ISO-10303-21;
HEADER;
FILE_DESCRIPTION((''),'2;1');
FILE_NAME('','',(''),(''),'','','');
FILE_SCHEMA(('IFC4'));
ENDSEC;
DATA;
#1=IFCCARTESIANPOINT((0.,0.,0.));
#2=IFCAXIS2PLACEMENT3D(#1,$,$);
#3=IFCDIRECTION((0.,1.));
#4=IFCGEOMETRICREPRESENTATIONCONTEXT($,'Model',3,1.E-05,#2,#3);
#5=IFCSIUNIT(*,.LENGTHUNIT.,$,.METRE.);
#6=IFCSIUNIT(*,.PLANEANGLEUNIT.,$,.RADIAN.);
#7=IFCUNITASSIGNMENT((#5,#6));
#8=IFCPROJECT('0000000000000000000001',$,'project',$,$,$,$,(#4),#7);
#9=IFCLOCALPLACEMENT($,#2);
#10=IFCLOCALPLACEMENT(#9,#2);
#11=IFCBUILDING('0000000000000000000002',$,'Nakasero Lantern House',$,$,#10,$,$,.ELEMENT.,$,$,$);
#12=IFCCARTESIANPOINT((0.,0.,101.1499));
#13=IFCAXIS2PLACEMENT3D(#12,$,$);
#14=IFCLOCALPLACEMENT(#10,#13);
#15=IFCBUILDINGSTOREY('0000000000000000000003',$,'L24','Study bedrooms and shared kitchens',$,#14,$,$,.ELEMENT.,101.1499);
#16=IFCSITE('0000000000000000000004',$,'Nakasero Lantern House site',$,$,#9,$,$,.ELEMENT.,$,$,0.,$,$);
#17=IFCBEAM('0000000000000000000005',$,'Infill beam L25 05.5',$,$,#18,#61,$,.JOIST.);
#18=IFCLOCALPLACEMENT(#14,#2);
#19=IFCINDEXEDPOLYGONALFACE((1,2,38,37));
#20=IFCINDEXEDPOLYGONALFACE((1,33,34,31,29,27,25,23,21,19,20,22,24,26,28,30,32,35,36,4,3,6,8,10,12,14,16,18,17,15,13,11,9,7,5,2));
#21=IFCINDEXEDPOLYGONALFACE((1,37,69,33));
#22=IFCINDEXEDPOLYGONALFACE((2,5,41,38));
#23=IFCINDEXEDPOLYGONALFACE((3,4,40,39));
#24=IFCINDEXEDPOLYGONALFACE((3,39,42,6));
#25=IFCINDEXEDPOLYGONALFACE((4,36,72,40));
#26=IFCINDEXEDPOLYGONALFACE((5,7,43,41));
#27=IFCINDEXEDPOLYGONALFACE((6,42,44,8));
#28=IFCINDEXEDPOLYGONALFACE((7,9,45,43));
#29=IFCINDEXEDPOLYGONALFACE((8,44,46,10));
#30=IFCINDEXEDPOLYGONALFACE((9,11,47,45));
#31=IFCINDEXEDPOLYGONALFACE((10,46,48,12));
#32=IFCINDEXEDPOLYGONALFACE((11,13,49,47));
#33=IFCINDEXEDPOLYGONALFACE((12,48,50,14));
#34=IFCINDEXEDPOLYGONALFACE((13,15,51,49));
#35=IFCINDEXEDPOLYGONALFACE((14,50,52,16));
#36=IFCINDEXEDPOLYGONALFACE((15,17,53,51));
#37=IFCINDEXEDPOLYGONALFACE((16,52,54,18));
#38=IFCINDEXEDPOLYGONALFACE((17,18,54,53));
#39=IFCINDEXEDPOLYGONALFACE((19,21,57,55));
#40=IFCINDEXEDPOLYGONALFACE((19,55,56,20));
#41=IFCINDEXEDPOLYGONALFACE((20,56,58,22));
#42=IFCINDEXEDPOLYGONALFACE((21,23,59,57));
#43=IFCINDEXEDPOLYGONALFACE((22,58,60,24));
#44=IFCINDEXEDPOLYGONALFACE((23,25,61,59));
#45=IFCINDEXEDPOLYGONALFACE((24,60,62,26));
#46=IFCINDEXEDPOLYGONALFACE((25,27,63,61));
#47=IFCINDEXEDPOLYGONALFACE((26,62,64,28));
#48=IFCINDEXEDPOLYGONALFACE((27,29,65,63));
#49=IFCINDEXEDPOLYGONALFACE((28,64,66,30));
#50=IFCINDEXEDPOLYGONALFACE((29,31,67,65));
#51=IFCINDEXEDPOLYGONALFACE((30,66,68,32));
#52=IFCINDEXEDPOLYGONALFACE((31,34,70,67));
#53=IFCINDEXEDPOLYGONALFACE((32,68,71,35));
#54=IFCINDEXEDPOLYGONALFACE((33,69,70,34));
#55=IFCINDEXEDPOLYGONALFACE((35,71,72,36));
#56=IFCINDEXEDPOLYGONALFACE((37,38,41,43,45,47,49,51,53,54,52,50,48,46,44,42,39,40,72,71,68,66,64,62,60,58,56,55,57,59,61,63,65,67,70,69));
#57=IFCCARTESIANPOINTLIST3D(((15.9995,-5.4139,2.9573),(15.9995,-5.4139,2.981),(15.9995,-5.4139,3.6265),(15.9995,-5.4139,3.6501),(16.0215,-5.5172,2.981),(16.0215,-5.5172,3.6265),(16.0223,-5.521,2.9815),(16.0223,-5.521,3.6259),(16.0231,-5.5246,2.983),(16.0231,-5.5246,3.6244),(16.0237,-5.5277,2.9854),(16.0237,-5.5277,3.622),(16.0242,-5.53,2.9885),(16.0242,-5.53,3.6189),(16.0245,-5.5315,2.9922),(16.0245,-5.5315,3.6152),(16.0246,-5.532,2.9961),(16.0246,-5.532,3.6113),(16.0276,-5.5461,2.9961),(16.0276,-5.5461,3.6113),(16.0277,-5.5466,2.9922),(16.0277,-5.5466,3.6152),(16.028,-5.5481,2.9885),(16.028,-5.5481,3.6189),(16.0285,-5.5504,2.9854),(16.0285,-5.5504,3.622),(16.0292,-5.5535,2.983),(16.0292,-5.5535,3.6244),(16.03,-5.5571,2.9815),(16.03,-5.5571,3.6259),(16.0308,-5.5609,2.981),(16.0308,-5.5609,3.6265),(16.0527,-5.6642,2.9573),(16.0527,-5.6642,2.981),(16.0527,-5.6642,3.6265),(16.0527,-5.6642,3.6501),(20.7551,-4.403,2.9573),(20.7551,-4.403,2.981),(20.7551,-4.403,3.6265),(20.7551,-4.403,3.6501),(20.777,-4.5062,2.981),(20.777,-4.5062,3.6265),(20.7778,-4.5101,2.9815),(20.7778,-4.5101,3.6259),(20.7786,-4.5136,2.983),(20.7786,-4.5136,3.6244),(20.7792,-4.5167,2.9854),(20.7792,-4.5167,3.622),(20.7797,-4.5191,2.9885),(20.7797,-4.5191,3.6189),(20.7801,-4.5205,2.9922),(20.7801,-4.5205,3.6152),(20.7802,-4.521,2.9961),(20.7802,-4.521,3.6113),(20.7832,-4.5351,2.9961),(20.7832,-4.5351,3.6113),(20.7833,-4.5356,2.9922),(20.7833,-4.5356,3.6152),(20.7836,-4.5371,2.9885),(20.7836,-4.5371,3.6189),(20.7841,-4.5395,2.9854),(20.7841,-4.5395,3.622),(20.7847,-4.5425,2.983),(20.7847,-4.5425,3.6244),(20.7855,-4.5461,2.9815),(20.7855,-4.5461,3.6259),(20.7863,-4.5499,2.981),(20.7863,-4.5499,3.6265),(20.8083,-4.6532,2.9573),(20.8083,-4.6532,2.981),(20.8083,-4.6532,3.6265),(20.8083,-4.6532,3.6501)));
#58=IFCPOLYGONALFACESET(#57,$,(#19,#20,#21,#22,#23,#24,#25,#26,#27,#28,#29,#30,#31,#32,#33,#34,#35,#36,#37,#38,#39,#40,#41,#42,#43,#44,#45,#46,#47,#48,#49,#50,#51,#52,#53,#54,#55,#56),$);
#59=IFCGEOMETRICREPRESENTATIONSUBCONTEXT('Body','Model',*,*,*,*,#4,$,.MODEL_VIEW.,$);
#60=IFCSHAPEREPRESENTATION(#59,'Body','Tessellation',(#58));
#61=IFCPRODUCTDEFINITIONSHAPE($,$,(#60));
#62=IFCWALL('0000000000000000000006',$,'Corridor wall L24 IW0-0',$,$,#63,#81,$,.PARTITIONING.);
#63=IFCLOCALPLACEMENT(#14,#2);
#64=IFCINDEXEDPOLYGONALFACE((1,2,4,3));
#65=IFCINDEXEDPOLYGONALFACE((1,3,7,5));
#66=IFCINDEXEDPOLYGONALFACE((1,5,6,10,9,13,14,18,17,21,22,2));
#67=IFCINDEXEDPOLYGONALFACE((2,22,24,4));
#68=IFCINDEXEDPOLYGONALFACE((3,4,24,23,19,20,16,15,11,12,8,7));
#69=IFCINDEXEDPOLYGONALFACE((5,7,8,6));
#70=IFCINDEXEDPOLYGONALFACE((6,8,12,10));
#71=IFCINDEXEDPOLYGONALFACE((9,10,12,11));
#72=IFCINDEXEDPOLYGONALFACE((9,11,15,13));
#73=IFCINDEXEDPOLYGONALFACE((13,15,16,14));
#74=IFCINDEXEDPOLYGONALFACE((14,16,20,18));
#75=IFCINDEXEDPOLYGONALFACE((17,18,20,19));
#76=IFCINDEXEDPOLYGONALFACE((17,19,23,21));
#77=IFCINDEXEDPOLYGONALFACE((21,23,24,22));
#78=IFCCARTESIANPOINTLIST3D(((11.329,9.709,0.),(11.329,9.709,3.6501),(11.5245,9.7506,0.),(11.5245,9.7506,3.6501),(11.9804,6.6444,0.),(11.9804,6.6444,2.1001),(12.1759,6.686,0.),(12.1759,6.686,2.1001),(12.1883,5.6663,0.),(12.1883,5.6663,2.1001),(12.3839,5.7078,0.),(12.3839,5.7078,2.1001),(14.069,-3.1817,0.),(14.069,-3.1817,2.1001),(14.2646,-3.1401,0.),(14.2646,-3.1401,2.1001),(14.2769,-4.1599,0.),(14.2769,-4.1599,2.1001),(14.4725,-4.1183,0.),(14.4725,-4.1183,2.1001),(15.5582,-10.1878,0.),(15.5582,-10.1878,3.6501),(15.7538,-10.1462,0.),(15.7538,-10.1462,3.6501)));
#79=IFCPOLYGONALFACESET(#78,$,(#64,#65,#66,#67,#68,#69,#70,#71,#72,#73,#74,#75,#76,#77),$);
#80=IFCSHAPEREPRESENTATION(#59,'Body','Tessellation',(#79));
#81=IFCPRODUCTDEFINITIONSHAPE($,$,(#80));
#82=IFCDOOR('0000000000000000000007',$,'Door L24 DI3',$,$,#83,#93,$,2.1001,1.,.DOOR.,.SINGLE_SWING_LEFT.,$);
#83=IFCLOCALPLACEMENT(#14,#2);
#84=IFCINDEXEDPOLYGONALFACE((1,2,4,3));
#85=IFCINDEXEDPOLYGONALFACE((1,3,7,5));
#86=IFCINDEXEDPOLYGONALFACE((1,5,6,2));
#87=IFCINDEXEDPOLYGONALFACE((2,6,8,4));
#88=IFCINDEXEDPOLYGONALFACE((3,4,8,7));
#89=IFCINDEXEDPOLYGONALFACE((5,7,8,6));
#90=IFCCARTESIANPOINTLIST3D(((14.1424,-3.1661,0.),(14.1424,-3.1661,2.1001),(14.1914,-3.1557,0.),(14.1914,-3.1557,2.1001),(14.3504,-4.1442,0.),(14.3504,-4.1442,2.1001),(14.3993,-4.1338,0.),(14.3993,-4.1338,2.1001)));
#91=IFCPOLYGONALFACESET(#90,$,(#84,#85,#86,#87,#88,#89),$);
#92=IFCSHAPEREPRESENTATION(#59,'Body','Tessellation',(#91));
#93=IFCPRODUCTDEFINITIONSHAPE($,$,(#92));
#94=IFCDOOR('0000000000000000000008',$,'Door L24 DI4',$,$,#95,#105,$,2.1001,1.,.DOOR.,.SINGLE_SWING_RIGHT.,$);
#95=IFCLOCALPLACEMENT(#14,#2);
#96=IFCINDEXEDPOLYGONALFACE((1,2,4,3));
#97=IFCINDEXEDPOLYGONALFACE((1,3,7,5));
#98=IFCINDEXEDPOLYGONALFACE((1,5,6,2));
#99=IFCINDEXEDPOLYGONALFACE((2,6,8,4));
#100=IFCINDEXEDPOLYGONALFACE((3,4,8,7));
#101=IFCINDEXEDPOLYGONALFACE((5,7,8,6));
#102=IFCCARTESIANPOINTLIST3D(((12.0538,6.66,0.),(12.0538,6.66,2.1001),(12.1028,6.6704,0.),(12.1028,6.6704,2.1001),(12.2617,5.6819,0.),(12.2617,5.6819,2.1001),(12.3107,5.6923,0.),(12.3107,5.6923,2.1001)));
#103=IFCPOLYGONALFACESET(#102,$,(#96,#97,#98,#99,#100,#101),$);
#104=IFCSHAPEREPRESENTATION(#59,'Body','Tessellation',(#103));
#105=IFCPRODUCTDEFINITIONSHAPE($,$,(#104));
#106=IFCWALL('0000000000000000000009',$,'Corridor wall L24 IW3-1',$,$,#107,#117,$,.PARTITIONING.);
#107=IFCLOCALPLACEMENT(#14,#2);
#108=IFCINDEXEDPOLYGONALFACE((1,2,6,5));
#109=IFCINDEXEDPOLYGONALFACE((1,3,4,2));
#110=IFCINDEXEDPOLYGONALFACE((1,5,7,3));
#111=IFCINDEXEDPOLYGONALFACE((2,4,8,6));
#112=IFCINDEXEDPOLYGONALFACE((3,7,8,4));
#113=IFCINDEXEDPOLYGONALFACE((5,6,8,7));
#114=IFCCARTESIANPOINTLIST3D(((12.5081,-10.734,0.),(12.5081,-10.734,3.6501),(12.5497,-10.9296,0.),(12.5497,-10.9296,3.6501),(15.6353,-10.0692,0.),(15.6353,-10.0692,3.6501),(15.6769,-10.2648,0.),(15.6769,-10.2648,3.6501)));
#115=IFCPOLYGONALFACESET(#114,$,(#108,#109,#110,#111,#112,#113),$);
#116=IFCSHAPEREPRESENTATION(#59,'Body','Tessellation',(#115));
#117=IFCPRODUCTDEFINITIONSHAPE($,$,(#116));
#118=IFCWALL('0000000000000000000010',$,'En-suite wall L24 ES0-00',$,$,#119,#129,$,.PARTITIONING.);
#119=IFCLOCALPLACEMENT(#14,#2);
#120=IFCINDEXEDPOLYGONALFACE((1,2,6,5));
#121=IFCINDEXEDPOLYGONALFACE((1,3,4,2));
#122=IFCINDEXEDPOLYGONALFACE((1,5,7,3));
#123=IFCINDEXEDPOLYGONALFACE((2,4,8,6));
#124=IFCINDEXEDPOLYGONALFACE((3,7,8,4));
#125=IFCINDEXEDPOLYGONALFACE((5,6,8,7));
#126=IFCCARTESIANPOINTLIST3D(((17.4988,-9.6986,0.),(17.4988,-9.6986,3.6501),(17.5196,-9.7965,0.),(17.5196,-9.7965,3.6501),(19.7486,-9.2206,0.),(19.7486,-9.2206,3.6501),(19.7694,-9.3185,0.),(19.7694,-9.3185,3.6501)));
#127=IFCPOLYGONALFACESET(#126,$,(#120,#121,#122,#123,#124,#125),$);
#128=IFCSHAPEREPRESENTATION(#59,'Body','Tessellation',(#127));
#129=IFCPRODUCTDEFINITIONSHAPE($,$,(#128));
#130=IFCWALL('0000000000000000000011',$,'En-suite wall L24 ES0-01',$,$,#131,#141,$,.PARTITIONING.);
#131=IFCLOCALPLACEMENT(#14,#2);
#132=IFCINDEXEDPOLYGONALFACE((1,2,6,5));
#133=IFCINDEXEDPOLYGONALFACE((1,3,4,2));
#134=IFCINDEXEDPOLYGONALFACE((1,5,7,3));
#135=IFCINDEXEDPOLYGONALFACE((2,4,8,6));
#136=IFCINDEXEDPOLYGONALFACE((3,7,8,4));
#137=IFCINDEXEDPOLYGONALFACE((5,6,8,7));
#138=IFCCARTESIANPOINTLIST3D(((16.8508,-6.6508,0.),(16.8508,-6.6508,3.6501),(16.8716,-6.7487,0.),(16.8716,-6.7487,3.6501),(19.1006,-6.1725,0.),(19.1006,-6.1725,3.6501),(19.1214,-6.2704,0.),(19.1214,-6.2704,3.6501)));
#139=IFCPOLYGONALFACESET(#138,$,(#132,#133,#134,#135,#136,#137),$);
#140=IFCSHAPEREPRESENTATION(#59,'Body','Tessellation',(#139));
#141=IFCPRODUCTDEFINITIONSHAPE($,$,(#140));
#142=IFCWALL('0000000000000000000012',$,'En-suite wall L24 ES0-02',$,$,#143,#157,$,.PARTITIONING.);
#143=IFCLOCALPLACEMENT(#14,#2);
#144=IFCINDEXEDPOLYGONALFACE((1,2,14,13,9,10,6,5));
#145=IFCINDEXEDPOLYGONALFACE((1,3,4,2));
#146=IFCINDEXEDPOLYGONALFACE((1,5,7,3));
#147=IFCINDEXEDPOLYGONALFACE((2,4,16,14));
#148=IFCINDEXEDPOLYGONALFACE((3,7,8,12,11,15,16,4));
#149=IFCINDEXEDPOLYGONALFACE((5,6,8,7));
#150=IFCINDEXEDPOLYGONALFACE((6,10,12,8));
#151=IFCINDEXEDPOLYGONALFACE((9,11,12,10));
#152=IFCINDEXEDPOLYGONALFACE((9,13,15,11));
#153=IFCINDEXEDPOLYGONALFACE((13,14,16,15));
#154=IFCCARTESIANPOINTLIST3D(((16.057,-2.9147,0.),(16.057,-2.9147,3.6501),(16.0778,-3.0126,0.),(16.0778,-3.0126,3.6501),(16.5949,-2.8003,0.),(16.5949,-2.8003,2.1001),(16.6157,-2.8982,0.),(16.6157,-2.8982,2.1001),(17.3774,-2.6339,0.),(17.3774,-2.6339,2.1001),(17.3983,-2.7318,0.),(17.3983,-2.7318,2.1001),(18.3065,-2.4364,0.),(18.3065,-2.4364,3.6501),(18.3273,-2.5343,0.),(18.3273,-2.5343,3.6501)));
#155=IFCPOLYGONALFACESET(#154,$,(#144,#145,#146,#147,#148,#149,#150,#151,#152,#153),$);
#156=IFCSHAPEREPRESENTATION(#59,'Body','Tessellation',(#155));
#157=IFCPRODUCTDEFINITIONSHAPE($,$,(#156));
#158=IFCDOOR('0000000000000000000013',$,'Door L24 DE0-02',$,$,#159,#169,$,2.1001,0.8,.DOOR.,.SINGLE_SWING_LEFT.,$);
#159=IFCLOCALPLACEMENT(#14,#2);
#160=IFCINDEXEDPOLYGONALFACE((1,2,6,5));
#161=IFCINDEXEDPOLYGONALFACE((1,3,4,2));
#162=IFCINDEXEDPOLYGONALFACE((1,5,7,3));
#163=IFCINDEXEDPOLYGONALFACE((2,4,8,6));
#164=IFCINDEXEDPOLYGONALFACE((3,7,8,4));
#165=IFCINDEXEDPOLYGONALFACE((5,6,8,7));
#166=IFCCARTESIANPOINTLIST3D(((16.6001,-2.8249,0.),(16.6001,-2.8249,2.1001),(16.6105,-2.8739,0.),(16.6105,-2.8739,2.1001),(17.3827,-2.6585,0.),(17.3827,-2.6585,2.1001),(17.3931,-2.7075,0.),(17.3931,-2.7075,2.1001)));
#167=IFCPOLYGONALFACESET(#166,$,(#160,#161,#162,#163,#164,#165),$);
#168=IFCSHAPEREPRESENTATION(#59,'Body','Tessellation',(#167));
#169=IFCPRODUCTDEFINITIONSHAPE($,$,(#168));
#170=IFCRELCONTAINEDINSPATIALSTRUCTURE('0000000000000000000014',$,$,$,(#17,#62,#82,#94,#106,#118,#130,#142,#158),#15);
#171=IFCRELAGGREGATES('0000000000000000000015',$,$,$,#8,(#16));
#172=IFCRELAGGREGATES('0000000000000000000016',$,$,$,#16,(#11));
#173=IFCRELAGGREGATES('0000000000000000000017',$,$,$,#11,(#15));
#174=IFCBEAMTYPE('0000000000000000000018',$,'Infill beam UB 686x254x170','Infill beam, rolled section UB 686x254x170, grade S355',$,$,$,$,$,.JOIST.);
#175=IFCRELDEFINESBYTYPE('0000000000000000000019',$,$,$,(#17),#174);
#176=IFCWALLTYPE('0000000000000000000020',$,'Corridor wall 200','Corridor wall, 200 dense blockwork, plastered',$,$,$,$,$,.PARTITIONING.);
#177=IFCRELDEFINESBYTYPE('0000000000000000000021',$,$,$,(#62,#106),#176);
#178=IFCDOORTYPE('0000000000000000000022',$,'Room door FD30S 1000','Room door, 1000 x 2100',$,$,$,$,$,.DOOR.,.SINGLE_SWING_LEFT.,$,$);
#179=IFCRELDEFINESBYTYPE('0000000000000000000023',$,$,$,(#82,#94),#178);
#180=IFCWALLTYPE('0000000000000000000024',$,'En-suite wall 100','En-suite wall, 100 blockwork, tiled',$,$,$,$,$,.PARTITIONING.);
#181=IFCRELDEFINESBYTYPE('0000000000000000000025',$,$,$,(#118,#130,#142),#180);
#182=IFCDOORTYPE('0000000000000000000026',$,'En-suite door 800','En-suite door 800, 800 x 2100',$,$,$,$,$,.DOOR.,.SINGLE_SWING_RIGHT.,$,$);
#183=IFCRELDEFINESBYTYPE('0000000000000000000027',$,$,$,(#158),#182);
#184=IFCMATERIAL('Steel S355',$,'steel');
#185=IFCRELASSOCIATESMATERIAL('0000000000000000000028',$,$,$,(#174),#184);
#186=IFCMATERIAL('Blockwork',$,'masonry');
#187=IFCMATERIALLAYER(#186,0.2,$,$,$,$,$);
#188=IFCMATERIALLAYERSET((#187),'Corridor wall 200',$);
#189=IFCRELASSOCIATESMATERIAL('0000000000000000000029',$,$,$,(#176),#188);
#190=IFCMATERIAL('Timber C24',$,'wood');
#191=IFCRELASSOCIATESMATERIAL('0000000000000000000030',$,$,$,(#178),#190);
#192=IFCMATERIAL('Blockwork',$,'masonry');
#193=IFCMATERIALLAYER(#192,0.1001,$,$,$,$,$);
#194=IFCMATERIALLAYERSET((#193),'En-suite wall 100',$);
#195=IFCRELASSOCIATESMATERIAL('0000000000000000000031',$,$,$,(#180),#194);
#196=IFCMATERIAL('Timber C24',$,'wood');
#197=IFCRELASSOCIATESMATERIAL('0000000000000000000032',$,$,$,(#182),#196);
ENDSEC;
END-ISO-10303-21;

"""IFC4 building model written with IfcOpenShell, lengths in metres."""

from ifc_helpers import new_model, si_unit, direction, frame, frame_2d, origin, origin_2d, place, context, subcontext, project, spatial, rectangle, i_section, extrude, material, layer, layer_set, material_profile, profile_set, type_object, element, fill, save


model = new_model("IFC4")

# Units and contexts
model_context = context("Model", 3, precision=1e-05, world=origin(), true_north=direction((0.0, 1.0)))
body_context = subcontext(model_context, "Body", "Model", "MODEL_VIEW")
ifc_project = project(units=[si_unit("LENGTHUNIT", "METRE"), si_unit("PLANEANGLEUNIT", "RADIAN")], contexts=[model_context])

# Site, building, storey
site_placement = place(None, origin())
site = spatial("IfcSite", under=ifc_project, at=site_placement, Name="Nakasero Lantern House site", CompositionType="ELEMENT", RefElevation=0.0)
building_placement = place(site_placement, origin())
building = spatial("IfcBuilding", under=site, at=building_placement, Name="Nakasero Lantern House", CompositionType="ELEMENT")
storey_placement = place(building_placement, frame((0.0, 0.0, 101.1499)))
storey = spatial("IfcBuildingStorey", under=building, at=storey_placement, Name="L24", Description="Study bedrooms and shared kitchens", CompositionType="ELEMENT", Elevation=101.1499)

# Beam
ifc_material_1 = material(Name="Steel S355", Category="steel")
ifc_material_profile = material_profile(ifc_material_1, i_section(OverallWidth=0.2559, OverallDepth=0.6929, WebThickness=0.0144, FlangeThickness=0.0237, FilletRadius=0.0151, at=origin_2d()), Name="UB 686x254x170")
ifc_profile_set = profile_set([ifc_material_profile], Name="Steel S355")
beam_type = type_object("IfcBeamType", Name="Infill beam UB 686x254x170", Description="Infill beam, rolled section UB 686x254x170, grade S355", PredefinedType="JOIST", material=ifc_profile_set)
beam_placement = place(storey_placement, frame((16.0261, -5.5391, 3.3037), z_axis=(0.978141, 0.207941, 0.0), x_axis=(-0.207941, 0.978141, 0.0)))
element("IfcBeam", 1, at=beam_placement, inside=storey, type_object=beam_type, Name="Infill beam L25 05.5", PredefinedType="JOIST", context=body_context, shape_type="SweptSolid", body=[
    extrude(i_section(OverallWidth=0.2559, OverallDepth=0.6929, WebThickness=0.0144, FlangeThickness=0.0237, FilletRadius=0.0151, at=origin_2d()), origin(), (0.0, 0.0, 1.0), 4.8618),
])

# Wall, openings, doors
ifc_material_2 = material(Name="Blockwork", Category="masonry")
ifc_layer_1 = layer(ifc_material_2, 0.2)
ifc_layer_set_1 = layer_set([ifc_layer_1], Name="Corridor wall 200")
wall_type_1 = type_object("IfcWallType", Name="Corridor wall 200", Description="Corridor wall, 200 dense blockwork, plastered", PredefinedType="PARTITIONING", material=ifc_layer_set_1)
wall_1_placement = place(storey_placement, frame((15.656, -10.167, 0.0), z_axis=(0.0, 0.0, 1.0), x_axis=(-0.207915, 0.978147, 0.0)))
wall_1 = element("IfcWall", 2, at=wall_1_placement, inside=storey, type_object=wall_type_1, Name="Corridor wall L24 IW0-0", PredefinedType="PARTITIONING", context=body_context, shape_type="SweptSolid", body=[
    extrude(rectangle(XDim=20.3413, YDim=0.2, at=frame_2d((10.1707, 0.0))), origin(), (0.0, 0.0, 1.0), 3.6501),
])
opening_1_placement = place(wall_1_placement, frame((6.1626, 0.0, 0.0)))
opening_1 = element("IfcOpeningElement", 3, at=opening_1_placement, cuts=wall_1, PredefinedType="OPENING", context=body_context, shape_type="SweptSolid", body=[
    extrude(rectangle(XDim=1.0, YDim=2.1001, at=frame_2d((0.5, 1.05))), frame((0.0, 0.1199, 0.0), z_axis=(0.0, -1.0, 0.0), x_axis=(1.0, 0.0, 0.0)), (0.0, 0.0, 1.0), 0.24),
])
opening_2_placement = place(wall_1_placement, frame((16.2083, 0.0, 0.0)))
opening_2 = element("IfcOpeningElement", 4, at=opening_2_placement, cuts=wall_1, PredefinedType="OPENING", context=body_context, shape_type="SweptSolid", body=[
    extrude(rectangle(XDim=1.0, YDim=2.1001, at=frame_2d((0.5, 1.05))), frame((0.0, 0.1199, 0.0), z_axis=(0.0, -1.0, 0.0), x_axis=(1.0, 0.0, 0.0)), (0.0, 0.0, 1.0), 0.24),
])
ifc_material_3 = material(Name="Timber C24", Category="wood")
door_type_1 = type_object("IfcDoorType", Name="Room door FD30S 1000", Description="Room door, 1000 x 2100", OperationType="SINGLE_SWING_LEFT", PredefinedType="DOOR", material=ifc_material_3)
door_1_placement = place(opening_1_placement, origin())
door_1 = element("IfcDoor", 5, at=door_1_placement, inside=storey, type_object=door_type_1, Name="Door L24 DI3", OperationType="SINGLE_SWING_LEFT", OverallHeight=2.1001, OverallWidth=1.0, PredefinedType="DOOR", context=body_context, shape_type="SweptSolid", body=[
    extrude(rectangle(XDim=1.0, YDim=2.1001, at=frame_2d((0.5, 1.05))), frame((0.0, 0.0249, 0.0), z_axis=(0.0, -1.0, 0.0), x_axis=(1.0, 0.0, 0.0)), (0.0, 0.0, 1.0), 0.05),
])
fill(opening_1, door_1)
door_2_placement = place(opening_2_placement, origin())
door_2 = element("IfcDoor", 6, at=door_2_placement, inside=storey, type_object=door_type_1, Name="Door L24 DI4", OperationType="SINGLE_SWING_RIGHT", OverallHeight=2.1001, OverallWidth=1.0, PredefinedType="DOOR", context=body_context, shape_type="SweptSolid", body=[
    extrude(rectangle(XDim=1.0, YDim=2.1001, at=frame_2d((0.5, 1.05))), frame((0.0, 0.0249, 0.0), z_axis=(0.0, -1.0, 0.0), x_axis=(1.0, 0.0, 0.0)), (0.0, 0.0, 1.0), 0.05),
])
fill(opening_2, door_2)

# Walls
wall_2_placement = place(storey_placement, frame((12.5288, -10.8318, 0.0), z_axis=(0.0, 0.0, 1.0), x_axis=(0.978142, 0.207938, 0.0)))
element("IfcWall", 7, at=wall_2_placement, inside=storey, type_object=wall_type_1, Name="Corridor wall L24 IW3-1", PredefinedType="PARTITIONING", context=body_context, shape_type="SweptSolid", body=[
    extrude(rectangle(XDim=3.197, YDim=0.2, at=frame_2d((1.5986, 0.0))), origin(), (0.0, 0.0, 1.0), 3.6501),
])
ifc_material_4 = material(Name="Blockwork", Category="masonry")
ifc_layer_2 = layer(ifc_material_4, 0.1001)
ifc_layer_set_2 = layer_set([ifc_layer_2], Name="En-suite wall 100")
wall_type_2 = type_object("IfcWallType", Name="En-suite wall 100", Description="En-suite wall, 100 blockwork, tiled", PredefinedType="PARTITIONING", material=ifc_layer_set_2)
for number, where, z_axis, x_axis, name in (
    (8, (17.5093, -9.7476, 0.0), (0.0, 0.0, 1.0), (0.978163, 0.20784, 0.0), "En-suite wall L24 ES0-00"),
    (9, (16.8613, -6.6997, 0.0), (0.0, 0.0, 1.0), (0.978141, 0.207941, 0.0), "En-suite wall L24 ES0-01"),
):
    element("IfcWall", number, at=place(storey_placement, frame(where, z_axis=z_axis, x_axis=x_axis)), inside=storey, type_object=wall_type_2, Name=name, PredefinedType="PARTITIONING", context=body_context, shape_type="SweptSolid", body=[
        extrude(rectangle(XDim=2.3, YDim=0.1001, at=frame_2d((1.1499, 0.0))), origin(), (0.0, 0.0, 1.0), 3.6501),
    ])

# Wall, opening, door
wall_3_placement = place(storey_placement, frame((16.0674, -2.9636, 0.0), z_axis=(0.0, 0.0, 1.0), x_axis=(0.978137, 0.207963, 0.0)))
wall_3 = element("IfcWall", 10, at=wall_3_placement, inside=storey, type_object=wall_type_2, Name="En-suite wall L24 ES0-02", PredefinedType="PARTITIONING", context=body_context, shape_type="SweptSolid", body=[
    extrude(rectangle(XDim=2.2998, YDim=0.1001, at=frame_2d((1.1499, 0.0))), origin(), (0.0, 0.0, 1.0), 3.6501),
])
opening_3_placement = place(wall_3_placement, frame((0.55, 0.0, 0.0)))
opening_3 = element("IfcOpeningElement", 11, at=opening_3_placement, cuts=wall_3, PredefinedType="OPENING", context=body_context, shape_type="SweptSolid", body=[
    extrude(rectangle(XDim=0.8, YDim=2.1001, at=frame_2d((0.3999, 1.05))), frame((0.0, 0.0701, 0.0), z_axis=(0.0, -1.0, 0.0), x_axis=(1.0, 0.0, 0.0)), (0.0, 0.0, 1.0), 0.1401),
])
ifc_material_5 = material(Name="Timber C24", Category="wood")
door_type_2 = type_object("IfcDoorType", Name="En-suite door 800", Description="En-suite door 800, 800 x 2100", OperationType="SINGLE_SWING_RIGHT", PredefinedType="DOOR", material=ifc_material_5)
door_3_placement = place(opening_3_placement, origin())
door_3 = element("IfcDoor", 12, at=door_3_placement, inside=storey, type_object=door_type_2, Name="Door L24 DE0-02", OperationType="SINGLE_SWING_LEFT", OverallHeight=2.1001, OverallWidth=0.8, PredefinedType="DOOR", context=body_context, shape_type="SweptSolid", body=[
    extrude(rectangle(XDim=0.8, YDim=2.1001, at=frame_2d((0.3999, 1.05))), frame((0.0, 0.0249, 0.0), z_axis=(0.0, -1.0, 0.0), x_axis=(1.0, 0.0, 0.0)), (0.0, 0.0, 1.0), 0.05),
])
fill(opening_3, door_3)

save(model, "model.ifc")
